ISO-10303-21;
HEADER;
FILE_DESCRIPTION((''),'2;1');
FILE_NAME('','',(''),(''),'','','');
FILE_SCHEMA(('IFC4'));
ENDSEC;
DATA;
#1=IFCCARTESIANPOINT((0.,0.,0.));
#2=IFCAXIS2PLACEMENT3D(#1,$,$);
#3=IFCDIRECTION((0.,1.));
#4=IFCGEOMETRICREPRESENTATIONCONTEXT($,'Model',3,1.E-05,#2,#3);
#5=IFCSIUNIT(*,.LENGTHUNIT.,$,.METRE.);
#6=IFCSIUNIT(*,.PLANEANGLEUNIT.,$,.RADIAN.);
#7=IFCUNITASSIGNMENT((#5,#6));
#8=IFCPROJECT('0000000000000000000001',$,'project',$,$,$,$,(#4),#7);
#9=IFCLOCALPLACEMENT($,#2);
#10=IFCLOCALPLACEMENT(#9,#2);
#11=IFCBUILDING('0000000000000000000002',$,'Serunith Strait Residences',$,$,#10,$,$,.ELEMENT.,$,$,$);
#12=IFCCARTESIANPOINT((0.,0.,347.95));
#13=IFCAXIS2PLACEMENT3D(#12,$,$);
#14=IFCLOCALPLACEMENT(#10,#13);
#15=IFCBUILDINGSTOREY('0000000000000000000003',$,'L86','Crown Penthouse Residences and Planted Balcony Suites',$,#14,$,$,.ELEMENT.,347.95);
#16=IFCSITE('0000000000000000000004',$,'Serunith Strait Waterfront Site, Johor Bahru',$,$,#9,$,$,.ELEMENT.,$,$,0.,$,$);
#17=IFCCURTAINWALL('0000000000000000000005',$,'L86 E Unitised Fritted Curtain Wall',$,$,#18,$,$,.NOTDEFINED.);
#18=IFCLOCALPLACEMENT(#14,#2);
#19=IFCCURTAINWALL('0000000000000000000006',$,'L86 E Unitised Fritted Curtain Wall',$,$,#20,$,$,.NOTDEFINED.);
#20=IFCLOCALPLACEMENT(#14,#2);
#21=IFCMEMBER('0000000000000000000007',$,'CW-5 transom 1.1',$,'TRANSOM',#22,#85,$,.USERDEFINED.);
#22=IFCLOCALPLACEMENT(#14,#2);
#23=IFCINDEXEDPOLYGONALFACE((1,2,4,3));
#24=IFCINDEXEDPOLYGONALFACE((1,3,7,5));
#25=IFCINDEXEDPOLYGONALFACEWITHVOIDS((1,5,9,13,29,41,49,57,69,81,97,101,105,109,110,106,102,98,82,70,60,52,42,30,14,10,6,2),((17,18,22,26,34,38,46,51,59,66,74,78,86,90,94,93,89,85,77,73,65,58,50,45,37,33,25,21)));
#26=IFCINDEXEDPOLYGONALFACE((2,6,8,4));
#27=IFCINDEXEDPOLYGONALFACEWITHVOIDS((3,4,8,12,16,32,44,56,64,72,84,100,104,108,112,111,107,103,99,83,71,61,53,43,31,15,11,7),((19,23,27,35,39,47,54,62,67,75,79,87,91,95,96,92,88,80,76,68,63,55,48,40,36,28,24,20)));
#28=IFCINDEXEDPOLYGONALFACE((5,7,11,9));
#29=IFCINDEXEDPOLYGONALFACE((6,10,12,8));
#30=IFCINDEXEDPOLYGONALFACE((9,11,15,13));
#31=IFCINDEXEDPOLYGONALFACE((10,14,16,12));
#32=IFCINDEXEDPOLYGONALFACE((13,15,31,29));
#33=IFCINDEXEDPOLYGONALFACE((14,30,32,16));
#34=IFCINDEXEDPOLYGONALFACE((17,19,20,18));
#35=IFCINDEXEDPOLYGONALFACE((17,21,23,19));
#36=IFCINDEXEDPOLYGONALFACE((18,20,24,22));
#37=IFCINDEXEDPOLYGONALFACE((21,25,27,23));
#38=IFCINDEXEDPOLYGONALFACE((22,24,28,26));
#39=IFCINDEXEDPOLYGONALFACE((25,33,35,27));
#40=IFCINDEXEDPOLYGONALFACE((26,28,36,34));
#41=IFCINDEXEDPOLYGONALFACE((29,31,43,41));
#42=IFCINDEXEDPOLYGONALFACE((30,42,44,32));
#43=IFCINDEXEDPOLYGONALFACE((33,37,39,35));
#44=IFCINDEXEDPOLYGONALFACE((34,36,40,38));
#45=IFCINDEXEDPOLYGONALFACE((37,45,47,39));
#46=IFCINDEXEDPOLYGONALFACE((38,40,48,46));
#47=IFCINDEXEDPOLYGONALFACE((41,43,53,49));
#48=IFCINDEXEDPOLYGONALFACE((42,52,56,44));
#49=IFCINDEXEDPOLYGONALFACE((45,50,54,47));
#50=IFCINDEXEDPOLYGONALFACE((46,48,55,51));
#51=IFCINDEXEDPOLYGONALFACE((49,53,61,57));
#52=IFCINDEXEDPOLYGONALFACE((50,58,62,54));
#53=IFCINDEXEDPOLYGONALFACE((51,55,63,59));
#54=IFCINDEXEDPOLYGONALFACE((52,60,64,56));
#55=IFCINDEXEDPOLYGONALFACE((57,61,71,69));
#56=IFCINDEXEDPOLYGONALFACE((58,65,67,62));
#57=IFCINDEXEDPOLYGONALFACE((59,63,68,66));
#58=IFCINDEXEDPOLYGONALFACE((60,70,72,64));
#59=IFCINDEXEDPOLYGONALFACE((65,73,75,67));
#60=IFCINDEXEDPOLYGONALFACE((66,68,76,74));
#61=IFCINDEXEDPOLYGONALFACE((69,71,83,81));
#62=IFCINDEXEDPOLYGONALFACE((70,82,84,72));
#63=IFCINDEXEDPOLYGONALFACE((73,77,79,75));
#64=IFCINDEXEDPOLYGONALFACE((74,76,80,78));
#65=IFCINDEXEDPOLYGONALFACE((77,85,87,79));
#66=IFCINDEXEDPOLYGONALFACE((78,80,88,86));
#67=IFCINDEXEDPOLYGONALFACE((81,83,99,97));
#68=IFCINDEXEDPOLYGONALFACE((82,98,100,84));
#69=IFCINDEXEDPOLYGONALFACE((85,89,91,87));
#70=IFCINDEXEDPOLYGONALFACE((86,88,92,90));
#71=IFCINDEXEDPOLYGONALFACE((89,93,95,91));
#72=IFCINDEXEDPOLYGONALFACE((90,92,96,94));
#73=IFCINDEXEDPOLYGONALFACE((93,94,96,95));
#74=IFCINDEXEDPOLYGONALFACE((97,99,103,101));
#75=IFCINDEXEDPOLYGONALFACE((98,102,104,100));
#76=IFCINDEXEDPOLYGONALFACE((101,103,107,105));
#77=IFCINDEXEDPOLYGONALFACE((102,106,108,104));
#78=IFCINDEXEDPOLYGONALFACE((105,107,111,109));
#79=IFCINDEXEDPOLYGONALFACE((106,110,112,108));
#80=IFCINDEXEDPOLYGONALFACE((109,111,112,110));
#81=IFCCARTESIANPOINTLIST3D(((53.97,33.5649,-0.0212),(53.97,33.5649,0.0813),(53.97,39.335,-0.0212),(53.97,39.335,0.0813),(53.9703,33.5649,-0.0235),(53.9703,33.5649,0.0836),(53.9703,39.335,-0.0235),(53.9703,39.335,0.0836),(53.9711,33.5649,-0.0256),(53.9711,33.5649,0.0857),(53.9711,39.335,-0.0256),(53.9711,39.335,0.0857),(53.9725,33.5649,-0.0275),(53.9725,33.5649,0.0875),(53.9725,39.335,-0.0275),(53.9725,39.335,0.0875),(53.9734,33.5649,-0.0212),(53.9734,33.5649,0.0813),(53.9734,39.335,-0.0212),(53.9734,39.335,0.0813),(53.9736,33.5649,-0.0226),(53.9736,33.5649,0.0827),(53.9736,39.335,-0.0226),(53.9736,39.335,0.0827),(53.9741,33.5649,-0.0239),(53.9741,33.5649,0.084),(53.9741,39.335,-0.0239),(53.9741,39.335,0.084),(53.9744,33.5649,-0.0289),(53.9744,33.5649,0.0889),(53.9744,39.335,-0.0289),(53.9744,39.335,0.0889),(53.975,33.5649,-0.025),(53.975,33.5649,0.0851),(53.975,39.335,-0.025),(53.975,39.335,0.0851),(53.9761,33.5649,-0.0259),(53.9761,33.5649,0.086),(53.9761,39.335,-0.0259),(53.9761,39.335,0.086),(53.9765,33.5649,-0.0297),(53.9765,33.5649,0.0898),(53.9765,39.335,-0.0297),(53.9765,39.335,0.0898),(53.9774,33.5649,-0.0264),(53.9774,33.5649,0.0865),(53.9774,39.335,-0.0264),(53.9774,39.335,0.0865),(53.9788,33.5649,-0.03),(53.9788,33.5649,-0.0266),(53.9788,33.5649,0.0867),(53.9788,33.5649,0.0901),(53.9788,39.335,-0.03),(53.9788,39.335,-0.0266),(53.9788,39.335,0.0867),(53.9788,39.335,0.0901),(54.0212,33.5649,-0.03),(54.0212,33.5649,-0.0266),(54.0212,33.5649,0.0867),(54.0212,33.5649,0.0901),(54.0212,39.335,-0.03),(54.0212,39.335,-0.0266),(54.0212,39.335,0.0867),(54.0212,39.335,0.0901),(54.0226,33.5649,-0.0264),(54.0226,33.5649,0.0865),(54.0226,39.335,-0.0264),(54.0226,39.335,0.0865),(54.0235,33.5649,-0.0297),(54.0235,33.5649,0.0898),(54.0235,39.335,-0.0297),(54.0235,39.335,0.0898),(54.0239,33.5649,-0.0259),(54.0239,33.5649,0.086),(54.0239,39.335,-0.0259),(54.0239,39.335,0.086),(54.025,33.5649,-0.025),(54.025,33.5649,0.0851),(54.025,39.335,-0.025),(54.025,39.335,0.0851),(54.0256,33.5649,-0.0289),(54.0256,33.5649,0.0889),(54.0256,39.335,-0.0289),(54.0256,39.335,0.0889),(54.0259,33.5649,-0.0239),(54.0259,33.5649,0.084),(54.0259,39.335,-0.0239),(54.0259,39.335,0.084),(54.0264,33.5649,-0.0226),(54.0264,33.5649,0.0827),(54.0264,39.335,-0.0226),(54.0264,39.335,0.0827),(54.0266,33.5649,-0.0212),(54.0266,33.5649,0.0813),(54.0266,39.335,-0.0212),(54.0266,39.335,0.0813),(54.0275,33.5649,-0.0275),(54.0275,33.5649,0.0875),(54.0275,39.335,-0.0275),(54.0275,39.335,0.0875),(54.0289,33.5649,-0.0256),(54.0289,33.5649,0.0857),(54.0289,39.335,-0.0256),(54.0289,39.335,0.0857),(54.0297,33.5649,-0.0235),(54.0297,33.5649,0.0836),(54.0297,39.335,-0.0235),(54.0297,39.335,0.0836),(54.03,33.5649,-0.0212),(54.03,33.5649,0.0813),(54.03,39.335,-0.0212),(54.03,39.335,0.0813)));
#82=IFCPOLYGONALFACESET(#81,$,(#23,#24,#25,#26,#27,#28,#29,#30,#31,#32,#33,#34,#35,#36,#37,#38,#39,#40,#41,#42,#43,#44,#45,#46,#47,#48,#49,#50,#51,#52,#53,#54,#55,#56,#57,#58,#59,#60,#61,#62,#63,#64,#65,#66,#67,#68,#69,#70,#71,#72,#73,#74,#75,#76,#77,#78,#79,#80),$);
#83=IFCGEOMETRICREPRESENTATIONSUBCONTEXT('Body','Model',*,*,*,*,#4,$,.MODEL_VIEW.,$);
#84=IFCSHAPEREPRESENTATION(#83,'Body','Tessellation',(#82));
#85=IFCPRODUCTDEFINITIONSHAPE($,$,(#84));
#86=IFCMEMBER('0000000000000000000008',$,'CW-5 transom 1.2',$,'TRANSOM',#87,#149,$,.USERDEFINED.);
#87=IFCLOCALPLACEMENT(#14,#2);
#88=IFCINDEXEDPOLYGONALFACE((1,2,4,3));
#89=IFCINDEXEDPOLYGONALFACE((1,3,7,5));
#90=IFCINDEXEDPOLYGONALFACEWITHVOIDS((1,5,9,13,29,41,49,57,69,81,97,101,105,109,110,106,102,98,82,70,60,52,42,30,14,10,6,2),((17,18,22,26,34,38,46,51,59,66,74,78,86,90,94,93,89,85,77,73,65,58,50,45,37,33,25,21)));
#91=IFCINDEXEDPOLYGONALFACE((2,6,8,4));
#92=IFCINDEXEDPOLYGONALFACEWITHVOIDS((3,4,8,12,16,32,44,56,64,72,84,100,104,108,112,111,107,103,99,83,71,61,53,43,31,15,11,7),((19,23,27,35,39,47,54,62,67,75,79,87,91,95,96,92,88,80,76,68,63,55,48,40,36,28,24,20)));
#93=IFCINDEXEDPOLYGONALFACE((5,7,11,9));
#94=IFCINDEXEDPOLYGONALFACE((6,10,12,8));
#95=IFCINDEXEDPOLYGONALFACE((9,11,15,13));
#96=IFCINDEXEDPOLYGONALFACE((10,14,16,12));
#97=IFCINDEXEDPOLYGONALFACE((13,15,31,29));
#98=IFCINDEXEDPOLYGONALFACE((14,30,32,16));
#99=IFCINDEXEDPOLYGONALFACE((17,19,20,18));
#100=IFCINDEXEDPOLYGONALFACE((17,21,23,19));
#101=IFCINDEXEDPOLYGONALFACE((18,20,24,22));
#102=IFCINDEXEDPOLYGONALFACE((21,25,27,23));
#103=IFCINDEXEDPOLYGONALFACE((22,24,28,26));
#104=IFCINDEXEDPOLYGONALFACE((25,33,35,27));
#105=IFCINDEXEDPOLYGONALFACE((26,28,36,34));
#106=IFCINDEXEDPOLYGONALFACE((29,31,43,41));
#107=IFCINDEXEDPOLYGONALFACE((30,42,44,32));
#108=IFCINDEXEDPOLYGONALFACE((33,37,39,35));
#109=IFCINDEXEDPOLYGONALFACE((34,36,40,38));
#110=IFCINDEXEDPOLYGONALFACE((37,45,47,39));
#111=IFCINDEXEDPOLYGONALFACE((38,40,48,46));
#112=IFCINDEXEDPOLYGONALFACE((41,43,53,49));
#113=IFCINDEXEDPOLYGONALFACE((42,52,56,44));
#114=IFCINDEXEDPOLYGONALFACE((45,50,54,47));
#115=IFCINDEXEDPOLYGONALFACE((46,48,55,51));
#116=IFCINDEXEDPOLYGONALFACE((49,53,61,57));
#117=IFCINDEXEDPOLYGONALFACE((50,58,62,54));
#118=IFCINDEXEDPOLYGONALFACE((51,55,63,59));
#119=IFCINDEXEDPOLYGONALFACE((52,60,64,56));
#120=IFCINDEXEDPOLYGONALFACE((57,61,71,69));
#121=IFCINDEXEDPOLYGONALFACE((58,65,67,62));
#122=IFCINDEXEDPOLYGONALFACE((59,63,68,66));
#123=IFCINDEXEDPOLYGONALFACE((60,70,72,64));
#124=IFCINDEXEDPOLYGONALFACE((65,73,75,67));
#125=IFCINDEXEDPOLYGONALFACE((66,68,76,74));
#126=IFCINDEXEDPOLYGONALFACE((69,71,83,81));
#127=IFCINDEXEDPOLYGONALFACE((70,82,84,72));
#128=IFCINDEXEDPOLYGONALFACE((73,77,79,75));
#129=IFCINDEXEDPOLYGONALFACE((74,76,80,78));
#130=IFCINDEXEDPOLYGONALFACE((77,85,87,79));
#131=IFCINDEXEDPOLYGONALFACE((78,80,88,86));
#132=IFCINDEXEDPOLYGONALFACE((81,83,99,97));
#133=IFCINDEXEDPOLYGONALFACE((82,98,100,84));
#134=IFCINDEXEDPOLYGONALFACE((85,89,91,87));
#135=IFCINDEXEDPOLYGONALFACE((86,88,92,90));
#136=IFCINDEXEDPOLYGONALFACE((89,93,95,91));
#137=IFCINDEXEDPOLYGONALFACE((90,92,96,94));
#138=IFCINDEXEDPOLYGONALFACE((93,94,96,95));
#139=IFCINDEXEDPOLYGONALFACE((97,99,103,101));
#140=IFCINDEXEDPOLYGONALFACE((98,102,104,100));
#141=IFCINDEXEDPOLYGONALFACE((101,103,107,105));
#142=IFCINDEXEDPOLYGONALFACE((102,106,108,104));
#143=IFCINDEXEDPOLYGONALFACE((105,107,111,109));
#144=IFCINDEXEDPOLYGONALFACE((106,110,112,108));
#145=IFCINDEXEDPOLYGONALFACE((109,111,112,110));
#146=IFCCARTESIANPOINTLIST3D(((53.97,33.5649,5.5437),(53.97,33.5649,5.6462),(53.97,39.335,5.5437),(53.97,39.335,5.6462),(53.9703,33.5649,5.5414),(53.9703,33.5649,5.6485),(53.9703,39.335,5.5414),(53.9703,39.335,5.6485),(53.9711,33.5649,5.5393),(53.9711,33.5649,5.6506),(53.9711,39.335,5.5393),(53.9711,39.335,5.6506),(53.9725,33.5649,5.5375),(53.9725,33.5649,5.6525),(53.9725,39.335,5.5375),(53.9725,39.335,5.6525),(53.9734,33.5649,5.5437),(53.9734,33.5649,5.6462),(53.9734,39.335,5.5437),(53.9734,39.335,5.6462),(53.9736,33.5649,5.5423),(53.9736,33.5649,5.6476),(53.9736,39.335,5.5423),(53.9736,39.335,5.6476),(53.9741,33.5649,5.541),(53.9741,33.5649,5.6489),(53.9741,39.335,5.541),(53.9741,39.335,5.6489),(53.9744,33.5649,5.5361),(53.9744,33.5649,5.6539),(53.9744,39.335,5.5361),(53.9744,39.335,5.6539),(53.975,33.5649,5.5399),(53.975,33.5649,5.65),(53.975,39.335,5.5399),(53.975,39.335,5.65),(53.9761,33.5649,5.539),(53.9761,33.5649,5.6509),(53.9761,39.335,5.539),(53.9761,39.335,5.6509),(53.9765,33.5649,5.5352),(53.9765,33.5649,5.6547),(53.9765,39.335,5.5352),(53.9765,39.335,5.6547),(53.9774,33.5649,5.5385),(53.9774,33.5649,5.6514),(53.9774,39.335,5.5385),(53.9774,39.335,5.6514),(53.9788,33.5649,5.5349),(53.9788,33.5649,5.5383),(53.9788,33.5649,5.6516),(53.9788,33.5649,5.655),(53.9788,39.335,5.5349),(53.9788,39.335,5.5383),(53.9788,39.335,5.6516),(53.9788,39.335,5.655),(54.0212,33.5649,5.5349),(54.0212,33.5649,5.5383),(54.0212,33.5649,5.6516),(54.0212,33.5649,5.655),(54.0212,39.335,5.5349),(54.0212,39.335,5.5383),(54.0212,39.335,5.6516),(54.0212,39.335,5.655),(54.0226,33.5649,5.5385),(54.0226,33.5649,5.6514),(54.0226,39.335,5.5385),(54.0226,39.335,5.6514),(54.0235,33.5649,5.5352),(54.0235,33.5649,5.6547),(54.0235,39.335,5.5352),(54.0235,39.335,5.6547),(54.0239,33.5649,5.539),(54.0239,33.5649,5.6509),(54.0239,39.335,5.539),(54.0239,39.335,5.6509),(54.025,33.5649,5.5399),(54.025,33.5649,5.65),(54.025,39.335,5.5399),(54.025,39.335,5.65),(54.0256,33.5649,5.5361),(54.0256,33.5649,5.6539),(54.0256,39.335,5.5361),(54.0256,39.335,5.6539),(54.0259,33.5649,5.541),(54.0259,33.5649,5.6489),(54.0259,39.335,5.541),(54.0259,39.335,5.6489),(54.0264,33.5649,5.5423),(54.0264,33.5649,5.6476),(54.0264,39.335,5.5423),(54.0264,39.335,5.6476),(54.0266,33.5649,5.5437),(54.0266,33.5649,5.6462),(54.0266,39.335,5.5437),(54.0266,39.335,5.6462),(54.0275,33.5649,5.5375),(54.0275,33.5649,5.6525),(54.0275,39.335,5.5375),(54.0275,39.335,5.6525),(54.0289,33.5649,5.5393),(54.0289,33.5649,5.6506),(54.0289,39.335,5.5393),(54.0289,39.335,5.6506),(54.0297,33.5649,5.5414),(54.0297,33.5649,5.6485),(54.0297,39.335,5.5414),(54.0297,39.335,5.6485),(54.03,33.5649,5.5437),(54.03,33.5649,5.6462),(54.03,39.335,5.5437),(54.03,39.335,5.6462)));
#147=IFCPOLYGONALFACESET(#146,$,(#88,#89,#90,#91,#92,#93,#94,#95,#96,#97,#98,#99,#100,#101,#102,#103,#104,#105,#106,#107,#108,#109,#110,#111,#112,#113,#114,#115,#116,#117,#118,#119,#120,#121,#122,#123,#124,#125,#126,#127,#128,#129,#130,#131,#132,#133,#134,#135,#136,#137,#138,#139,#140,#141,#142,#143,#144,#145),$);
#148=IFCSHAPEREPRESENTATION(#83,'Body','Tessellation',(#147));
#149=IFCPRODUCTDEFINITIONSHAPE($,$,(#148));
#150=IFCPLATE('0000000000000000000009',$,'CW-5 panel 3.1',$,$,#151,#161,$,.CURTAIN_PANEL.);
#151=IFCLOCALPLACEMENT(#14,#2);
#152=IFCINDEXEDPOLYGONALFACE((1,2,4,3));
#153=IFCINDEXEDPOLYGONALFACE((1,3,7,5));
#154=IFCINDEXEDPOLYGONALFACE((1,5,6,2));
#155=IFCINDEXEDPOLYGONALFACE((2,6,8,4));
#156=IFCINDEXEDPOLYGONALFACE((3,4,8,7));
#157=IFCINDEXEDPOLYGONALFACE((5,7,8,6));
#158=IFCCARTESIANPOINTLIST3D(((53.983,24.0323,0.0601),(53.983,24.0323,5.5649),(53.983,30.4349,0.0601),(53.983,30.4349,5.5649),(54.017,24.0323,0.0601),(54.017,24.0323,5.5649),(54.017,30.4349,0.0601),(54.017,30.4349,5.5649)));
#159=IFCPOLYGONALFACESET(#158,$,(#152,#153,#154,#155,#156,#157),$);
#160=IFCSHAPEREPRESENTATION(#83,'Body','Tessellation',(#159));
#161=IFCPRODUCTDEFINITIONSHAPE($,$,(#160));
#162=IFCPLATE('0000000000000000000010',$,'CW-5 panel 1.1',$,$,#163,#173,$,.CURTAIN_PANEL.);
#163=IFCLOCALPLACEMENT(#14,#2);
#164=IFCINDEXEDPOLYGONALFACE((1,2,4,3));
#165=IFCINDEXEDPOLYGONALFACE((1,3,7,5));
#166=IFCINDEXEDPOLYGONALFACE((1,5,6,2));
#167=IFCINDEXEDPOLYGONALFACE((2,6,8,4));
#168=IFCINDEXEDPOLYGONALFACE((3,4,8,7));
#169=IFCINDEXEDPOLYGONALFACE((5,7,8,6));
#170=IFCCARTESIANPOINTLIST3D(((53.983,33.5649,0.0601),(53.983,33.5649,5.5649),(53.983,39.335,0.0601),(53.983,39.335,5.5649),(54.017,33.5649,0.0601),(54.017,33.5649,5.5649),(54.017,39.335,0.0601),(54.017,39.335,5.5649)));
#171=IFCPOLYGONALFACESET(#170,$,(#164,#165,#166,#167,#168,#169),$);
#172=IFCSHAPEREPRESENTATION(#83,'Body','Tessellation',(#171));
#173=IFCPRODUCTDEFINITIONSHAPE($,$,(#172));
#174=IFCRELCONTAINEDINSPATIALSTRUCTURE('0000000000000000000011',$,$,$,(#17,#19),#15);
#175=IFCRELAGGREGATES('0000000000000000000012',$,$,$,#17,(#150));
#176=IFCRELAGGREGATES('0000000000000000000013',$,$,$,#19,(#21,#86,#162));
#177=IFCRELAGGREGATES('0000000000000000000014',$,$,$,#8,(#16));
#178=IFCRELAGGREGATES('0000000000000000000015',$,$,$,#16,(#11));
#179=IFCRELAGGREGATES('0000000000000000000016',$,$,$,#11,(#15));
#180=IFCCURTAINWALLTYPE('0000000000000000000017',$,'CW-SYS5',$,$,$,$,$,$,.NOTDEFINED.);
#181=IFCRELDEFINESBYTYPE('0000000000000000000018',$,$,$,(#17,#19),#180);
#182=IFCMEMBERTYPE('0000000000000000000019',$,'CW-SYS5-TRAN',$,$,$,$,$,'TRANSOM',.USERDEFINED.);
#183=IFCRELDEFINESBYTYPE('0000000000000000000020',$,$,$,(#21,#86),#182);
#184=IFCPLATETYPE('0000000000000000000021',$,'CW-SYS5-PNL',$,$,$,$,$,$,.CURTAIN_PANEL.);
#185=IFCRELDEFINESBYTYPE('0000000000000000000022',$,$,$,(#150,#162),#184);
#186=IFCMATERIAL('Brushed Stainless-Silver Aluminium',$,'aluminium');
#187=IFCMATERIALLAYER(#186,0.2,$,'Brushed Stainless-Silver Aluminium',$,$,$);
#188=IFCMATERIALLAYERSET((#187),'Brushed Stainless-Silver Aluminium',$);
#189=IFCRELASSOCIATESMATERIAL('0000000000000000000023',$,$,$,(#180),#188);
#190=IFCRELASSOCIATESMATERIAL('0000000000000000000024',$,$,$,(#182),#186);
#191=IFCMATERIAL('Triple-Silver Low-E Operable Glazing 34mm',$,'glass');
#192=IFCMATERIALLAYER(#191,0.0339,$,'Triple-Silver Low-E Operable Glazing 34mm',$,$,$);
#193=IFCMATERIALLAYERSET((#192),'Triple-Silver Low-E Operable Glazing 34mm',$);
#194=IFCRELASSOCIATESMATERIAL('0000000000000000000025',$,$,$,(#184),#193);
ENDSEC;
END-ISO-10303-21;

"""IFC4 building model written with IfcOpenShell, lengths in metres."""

from ifc_helpers import new_model, si_unit, direction, frame, origin, origin_2d, place, context, subcontext, project, spatial, rectangle, hollow_rectangle, extrude, source, transform, mapped, material, layer, layer_set, material_profile, profile_set, type_object, element, aggregate, save


model = new_model("IFC4")

# Units and contexts
model_context = context("Model", 3, precision=1e-05, world=origin(), true_north=direction((0.0, 1.0)))
body_context = subcontext(model_context, "Body", "Model", "MODEL_VIEW")
ifc_project = project(units=[si_unit("LENGTHUNIT", "METRE"), si_unit("PLANEANGLEUNIT", "RADIAN")], contexts=[model_context])

# Site, building, storey
site_placement = place(None, origin())
site = spatial("IfcSite", under=ifc_project, at=site_placement, Name="Serunith Strait Waterfront Site, Johor Bahru", CompositionType="ELEMENT", RefElevation=0.0)
building_placement = place(site_placement, origin())
building = spatial("IfcBuilding", under=site, at=building_placement, Name="Serunith Strait Residences", CompositionType="ELEMENT")
storey_placement = place(building_placement, frame((0.0, 0.0, 347.95)))
storey = spatial("IfcBuildingStorey", under=building, at=storey_placement, Name="L86", Description="Crown Penthouse Residences and Planted Balcony Suites", CompositionType="ELEMENT", Elevation=347.95)

# Curtain wall
ifc_material_1 = material(Name="Brushed Stainless-Silver Aluminium", Category="aluminium")
ifc_layer_1 = layer(ifc_material_1, 0.2, Name="Brushed Stainless-Silver Aluminium")
ifc_layer_set_1 = layer_set([ifc_layer_1], Name="Brushed Stainless-Silver Aluminium")
curtain_wall_type = type_object("IfcCurtainWallType", Name="CW-SYS5", PredefinedType="NOTDEFINED", material=ifc_layer_set_1)
curtain_wall_1_placement = place(storey_placement, origin())
curtain_wall_1 = element("IfcCurtainWall", 1, at=curtain_wall_1_placement, inside=storey, type_object=curtain_wall_type, Name="L86 E Unitised Fritted Curtain Wall", PredefinedType="NOTDEFINED")

# Curtain wall, members
curtain_wall_2_placement = place(storey_placement, origin())
curtain_wall_2 = element("IfcCurtainWall", 2, at=curtain_wall_2_placement, inside=storey, type_object=curtain_wall_type, Name="L86 E Unitised Fritted Curtain Wall", PredefinedType="NOTDEFINED")
ifc_material_profile_1 = material_profile(ifc_material_1, hollow_rectangle(XDim=0.0601, YDim=0.1201, WallThickness=0.0034, InnerFilletRadius=0.0054, OuterFilletRadius=0.0088, at=origin_2d()), Name="ALU 120x60x3.5")
ifc_profile_set_1 = profile_set([ifc_material_profile_1], Name="Brushed Stainless-Silver Aluminium")
member_type_1 = type_object("IfcMemberType", Name="CW-SYS5-TRAN", ElementType="TRANSOM", PredefinedType="USERDEFINED", material=ifc_profile_set_1)
shared_shape_1 = source(origin(), body_context, "Body", "SweptSolid", [
    extrude(hollow_rectangle(XDim=0.0601, YDim=0.1201, WallThickness=0.0034, InnerFilletRadius=0.0054, OuterFilletRadius=0.0088, at=origin_2d()), origin(), (0.0, 0.0, 1.0), 5.77),
])
member_1_placement = place(storey_placement, frame((54.0, 33.5649, 0.03), z_axis=(0.0, 1.0, 0.0), x_axis=(-1.0, 0.0, 0.0)))
member_1 = element("IfcMember", 3, at=member_1_placement, type_object=member_type_1, Name="CW-5 transom 1.1", ObjectType="TRANSOM", PredefinedType="USERDEFINED", context=body_context, shape_type="MappedRepresentation", body=[
    mapped(shared_shape_1, transform((0.0, 0.0, 0.0), scale=1.0)),
])
member_2_placement = place(storey_placement, frame((54.0, 33.5649, 5.595), z_axis=(0.0, 1.0, 0.0), x_axis=(-1.0, 0.0, 0.0)))
member_2 = element("IfcMember", 4, at=member_2_placement, type_object=member_type_1, Name="CW-5 transom 1.2", ObjectType="TRANSOM", PredefinedType="USERDEFINED", context=body_context, shape_type="MappedRepresentation", body=[
    mapped(shared_shape_1, transform((0.0, 0.0, 0.0), scale=1.0)),
])

# Plates
ifc_material_2 = material(Name="Triple-Silver Low-E Operable Glazing 34mm", Category="glass")
ifc_layer_2 = layer(ifc_material_2, 0.0339, Name="Triple-Silver Low-E Operable Glazing 34mm")
ifc_layer_set_2 = layer_set([ifc_layer_2], Name="Triple-Silver Low-E Operable Glazing 34mm")
plate_type = type_object("IfcPlateType", Name="CW-SYS5-PNL", PredefinedType="CURTAIN_PANEL", material=ifc_layer_set_2)
shared_shape_2 = source(origin(), body_context, "Body", "SweptSolid", [
    extrude(rectangle(XDim=6.4026, YDim=0.0339, at=origin_2d()), origin(), (0.0, 0.0, 1.0), 5.5049),
])
plate_1_placement = place(storey_placement, frame((54.0, 27.2336, 0.0601), z_axis=(0.0, 0.0, 1.0), x_axis=(0.0, 1.0, 0.0)))
plate_1 = element("IfcPlate", 5, at=plate_1_placement, type_object=plate_type, Name="CW-5 panel 3.1", PredefinedType="CURTAIN_PANEL", context=body_context, shape_type="MappedRepresentation", body=[
    mapped(shared_shape_2, transform((0.0, 0.0, 0.0), scale=1.0)),
])
aggregate(curtain_wall_1, [plate_1])
shared_shape_3 = source(origin(), body_context, "Body", "SweptSolid", [
    extrude(rectangle(XDim=5.77, YDim=0.0339, at=origin_2d()), origin(), (0.0, 0.0, 1.0), 5.5049),
])
plate_2_placement = place(storey_placement, frame((54.0, 36.45, 0.0601), z_axis=(0.0, 0.0, 1.0), x_axis=(0.0, 1.0, 0.0)))
plate_2 = element("IfcPlate", 6, at=plate_2_placement, type_object=plate_type, Name="CW-5 panel 1.1", PredefinedType="CURTAIN_PANEL", context=body_context, shape_type="MappedRepresentation", body=[
    mapped(shared_shape_3, transform((0.0, 0.0, 0.0), scale=1.0)),
])
aggregate(curtain_wall_2, [member_1, member_2, plate_2])

save(model, "model.ifc")
